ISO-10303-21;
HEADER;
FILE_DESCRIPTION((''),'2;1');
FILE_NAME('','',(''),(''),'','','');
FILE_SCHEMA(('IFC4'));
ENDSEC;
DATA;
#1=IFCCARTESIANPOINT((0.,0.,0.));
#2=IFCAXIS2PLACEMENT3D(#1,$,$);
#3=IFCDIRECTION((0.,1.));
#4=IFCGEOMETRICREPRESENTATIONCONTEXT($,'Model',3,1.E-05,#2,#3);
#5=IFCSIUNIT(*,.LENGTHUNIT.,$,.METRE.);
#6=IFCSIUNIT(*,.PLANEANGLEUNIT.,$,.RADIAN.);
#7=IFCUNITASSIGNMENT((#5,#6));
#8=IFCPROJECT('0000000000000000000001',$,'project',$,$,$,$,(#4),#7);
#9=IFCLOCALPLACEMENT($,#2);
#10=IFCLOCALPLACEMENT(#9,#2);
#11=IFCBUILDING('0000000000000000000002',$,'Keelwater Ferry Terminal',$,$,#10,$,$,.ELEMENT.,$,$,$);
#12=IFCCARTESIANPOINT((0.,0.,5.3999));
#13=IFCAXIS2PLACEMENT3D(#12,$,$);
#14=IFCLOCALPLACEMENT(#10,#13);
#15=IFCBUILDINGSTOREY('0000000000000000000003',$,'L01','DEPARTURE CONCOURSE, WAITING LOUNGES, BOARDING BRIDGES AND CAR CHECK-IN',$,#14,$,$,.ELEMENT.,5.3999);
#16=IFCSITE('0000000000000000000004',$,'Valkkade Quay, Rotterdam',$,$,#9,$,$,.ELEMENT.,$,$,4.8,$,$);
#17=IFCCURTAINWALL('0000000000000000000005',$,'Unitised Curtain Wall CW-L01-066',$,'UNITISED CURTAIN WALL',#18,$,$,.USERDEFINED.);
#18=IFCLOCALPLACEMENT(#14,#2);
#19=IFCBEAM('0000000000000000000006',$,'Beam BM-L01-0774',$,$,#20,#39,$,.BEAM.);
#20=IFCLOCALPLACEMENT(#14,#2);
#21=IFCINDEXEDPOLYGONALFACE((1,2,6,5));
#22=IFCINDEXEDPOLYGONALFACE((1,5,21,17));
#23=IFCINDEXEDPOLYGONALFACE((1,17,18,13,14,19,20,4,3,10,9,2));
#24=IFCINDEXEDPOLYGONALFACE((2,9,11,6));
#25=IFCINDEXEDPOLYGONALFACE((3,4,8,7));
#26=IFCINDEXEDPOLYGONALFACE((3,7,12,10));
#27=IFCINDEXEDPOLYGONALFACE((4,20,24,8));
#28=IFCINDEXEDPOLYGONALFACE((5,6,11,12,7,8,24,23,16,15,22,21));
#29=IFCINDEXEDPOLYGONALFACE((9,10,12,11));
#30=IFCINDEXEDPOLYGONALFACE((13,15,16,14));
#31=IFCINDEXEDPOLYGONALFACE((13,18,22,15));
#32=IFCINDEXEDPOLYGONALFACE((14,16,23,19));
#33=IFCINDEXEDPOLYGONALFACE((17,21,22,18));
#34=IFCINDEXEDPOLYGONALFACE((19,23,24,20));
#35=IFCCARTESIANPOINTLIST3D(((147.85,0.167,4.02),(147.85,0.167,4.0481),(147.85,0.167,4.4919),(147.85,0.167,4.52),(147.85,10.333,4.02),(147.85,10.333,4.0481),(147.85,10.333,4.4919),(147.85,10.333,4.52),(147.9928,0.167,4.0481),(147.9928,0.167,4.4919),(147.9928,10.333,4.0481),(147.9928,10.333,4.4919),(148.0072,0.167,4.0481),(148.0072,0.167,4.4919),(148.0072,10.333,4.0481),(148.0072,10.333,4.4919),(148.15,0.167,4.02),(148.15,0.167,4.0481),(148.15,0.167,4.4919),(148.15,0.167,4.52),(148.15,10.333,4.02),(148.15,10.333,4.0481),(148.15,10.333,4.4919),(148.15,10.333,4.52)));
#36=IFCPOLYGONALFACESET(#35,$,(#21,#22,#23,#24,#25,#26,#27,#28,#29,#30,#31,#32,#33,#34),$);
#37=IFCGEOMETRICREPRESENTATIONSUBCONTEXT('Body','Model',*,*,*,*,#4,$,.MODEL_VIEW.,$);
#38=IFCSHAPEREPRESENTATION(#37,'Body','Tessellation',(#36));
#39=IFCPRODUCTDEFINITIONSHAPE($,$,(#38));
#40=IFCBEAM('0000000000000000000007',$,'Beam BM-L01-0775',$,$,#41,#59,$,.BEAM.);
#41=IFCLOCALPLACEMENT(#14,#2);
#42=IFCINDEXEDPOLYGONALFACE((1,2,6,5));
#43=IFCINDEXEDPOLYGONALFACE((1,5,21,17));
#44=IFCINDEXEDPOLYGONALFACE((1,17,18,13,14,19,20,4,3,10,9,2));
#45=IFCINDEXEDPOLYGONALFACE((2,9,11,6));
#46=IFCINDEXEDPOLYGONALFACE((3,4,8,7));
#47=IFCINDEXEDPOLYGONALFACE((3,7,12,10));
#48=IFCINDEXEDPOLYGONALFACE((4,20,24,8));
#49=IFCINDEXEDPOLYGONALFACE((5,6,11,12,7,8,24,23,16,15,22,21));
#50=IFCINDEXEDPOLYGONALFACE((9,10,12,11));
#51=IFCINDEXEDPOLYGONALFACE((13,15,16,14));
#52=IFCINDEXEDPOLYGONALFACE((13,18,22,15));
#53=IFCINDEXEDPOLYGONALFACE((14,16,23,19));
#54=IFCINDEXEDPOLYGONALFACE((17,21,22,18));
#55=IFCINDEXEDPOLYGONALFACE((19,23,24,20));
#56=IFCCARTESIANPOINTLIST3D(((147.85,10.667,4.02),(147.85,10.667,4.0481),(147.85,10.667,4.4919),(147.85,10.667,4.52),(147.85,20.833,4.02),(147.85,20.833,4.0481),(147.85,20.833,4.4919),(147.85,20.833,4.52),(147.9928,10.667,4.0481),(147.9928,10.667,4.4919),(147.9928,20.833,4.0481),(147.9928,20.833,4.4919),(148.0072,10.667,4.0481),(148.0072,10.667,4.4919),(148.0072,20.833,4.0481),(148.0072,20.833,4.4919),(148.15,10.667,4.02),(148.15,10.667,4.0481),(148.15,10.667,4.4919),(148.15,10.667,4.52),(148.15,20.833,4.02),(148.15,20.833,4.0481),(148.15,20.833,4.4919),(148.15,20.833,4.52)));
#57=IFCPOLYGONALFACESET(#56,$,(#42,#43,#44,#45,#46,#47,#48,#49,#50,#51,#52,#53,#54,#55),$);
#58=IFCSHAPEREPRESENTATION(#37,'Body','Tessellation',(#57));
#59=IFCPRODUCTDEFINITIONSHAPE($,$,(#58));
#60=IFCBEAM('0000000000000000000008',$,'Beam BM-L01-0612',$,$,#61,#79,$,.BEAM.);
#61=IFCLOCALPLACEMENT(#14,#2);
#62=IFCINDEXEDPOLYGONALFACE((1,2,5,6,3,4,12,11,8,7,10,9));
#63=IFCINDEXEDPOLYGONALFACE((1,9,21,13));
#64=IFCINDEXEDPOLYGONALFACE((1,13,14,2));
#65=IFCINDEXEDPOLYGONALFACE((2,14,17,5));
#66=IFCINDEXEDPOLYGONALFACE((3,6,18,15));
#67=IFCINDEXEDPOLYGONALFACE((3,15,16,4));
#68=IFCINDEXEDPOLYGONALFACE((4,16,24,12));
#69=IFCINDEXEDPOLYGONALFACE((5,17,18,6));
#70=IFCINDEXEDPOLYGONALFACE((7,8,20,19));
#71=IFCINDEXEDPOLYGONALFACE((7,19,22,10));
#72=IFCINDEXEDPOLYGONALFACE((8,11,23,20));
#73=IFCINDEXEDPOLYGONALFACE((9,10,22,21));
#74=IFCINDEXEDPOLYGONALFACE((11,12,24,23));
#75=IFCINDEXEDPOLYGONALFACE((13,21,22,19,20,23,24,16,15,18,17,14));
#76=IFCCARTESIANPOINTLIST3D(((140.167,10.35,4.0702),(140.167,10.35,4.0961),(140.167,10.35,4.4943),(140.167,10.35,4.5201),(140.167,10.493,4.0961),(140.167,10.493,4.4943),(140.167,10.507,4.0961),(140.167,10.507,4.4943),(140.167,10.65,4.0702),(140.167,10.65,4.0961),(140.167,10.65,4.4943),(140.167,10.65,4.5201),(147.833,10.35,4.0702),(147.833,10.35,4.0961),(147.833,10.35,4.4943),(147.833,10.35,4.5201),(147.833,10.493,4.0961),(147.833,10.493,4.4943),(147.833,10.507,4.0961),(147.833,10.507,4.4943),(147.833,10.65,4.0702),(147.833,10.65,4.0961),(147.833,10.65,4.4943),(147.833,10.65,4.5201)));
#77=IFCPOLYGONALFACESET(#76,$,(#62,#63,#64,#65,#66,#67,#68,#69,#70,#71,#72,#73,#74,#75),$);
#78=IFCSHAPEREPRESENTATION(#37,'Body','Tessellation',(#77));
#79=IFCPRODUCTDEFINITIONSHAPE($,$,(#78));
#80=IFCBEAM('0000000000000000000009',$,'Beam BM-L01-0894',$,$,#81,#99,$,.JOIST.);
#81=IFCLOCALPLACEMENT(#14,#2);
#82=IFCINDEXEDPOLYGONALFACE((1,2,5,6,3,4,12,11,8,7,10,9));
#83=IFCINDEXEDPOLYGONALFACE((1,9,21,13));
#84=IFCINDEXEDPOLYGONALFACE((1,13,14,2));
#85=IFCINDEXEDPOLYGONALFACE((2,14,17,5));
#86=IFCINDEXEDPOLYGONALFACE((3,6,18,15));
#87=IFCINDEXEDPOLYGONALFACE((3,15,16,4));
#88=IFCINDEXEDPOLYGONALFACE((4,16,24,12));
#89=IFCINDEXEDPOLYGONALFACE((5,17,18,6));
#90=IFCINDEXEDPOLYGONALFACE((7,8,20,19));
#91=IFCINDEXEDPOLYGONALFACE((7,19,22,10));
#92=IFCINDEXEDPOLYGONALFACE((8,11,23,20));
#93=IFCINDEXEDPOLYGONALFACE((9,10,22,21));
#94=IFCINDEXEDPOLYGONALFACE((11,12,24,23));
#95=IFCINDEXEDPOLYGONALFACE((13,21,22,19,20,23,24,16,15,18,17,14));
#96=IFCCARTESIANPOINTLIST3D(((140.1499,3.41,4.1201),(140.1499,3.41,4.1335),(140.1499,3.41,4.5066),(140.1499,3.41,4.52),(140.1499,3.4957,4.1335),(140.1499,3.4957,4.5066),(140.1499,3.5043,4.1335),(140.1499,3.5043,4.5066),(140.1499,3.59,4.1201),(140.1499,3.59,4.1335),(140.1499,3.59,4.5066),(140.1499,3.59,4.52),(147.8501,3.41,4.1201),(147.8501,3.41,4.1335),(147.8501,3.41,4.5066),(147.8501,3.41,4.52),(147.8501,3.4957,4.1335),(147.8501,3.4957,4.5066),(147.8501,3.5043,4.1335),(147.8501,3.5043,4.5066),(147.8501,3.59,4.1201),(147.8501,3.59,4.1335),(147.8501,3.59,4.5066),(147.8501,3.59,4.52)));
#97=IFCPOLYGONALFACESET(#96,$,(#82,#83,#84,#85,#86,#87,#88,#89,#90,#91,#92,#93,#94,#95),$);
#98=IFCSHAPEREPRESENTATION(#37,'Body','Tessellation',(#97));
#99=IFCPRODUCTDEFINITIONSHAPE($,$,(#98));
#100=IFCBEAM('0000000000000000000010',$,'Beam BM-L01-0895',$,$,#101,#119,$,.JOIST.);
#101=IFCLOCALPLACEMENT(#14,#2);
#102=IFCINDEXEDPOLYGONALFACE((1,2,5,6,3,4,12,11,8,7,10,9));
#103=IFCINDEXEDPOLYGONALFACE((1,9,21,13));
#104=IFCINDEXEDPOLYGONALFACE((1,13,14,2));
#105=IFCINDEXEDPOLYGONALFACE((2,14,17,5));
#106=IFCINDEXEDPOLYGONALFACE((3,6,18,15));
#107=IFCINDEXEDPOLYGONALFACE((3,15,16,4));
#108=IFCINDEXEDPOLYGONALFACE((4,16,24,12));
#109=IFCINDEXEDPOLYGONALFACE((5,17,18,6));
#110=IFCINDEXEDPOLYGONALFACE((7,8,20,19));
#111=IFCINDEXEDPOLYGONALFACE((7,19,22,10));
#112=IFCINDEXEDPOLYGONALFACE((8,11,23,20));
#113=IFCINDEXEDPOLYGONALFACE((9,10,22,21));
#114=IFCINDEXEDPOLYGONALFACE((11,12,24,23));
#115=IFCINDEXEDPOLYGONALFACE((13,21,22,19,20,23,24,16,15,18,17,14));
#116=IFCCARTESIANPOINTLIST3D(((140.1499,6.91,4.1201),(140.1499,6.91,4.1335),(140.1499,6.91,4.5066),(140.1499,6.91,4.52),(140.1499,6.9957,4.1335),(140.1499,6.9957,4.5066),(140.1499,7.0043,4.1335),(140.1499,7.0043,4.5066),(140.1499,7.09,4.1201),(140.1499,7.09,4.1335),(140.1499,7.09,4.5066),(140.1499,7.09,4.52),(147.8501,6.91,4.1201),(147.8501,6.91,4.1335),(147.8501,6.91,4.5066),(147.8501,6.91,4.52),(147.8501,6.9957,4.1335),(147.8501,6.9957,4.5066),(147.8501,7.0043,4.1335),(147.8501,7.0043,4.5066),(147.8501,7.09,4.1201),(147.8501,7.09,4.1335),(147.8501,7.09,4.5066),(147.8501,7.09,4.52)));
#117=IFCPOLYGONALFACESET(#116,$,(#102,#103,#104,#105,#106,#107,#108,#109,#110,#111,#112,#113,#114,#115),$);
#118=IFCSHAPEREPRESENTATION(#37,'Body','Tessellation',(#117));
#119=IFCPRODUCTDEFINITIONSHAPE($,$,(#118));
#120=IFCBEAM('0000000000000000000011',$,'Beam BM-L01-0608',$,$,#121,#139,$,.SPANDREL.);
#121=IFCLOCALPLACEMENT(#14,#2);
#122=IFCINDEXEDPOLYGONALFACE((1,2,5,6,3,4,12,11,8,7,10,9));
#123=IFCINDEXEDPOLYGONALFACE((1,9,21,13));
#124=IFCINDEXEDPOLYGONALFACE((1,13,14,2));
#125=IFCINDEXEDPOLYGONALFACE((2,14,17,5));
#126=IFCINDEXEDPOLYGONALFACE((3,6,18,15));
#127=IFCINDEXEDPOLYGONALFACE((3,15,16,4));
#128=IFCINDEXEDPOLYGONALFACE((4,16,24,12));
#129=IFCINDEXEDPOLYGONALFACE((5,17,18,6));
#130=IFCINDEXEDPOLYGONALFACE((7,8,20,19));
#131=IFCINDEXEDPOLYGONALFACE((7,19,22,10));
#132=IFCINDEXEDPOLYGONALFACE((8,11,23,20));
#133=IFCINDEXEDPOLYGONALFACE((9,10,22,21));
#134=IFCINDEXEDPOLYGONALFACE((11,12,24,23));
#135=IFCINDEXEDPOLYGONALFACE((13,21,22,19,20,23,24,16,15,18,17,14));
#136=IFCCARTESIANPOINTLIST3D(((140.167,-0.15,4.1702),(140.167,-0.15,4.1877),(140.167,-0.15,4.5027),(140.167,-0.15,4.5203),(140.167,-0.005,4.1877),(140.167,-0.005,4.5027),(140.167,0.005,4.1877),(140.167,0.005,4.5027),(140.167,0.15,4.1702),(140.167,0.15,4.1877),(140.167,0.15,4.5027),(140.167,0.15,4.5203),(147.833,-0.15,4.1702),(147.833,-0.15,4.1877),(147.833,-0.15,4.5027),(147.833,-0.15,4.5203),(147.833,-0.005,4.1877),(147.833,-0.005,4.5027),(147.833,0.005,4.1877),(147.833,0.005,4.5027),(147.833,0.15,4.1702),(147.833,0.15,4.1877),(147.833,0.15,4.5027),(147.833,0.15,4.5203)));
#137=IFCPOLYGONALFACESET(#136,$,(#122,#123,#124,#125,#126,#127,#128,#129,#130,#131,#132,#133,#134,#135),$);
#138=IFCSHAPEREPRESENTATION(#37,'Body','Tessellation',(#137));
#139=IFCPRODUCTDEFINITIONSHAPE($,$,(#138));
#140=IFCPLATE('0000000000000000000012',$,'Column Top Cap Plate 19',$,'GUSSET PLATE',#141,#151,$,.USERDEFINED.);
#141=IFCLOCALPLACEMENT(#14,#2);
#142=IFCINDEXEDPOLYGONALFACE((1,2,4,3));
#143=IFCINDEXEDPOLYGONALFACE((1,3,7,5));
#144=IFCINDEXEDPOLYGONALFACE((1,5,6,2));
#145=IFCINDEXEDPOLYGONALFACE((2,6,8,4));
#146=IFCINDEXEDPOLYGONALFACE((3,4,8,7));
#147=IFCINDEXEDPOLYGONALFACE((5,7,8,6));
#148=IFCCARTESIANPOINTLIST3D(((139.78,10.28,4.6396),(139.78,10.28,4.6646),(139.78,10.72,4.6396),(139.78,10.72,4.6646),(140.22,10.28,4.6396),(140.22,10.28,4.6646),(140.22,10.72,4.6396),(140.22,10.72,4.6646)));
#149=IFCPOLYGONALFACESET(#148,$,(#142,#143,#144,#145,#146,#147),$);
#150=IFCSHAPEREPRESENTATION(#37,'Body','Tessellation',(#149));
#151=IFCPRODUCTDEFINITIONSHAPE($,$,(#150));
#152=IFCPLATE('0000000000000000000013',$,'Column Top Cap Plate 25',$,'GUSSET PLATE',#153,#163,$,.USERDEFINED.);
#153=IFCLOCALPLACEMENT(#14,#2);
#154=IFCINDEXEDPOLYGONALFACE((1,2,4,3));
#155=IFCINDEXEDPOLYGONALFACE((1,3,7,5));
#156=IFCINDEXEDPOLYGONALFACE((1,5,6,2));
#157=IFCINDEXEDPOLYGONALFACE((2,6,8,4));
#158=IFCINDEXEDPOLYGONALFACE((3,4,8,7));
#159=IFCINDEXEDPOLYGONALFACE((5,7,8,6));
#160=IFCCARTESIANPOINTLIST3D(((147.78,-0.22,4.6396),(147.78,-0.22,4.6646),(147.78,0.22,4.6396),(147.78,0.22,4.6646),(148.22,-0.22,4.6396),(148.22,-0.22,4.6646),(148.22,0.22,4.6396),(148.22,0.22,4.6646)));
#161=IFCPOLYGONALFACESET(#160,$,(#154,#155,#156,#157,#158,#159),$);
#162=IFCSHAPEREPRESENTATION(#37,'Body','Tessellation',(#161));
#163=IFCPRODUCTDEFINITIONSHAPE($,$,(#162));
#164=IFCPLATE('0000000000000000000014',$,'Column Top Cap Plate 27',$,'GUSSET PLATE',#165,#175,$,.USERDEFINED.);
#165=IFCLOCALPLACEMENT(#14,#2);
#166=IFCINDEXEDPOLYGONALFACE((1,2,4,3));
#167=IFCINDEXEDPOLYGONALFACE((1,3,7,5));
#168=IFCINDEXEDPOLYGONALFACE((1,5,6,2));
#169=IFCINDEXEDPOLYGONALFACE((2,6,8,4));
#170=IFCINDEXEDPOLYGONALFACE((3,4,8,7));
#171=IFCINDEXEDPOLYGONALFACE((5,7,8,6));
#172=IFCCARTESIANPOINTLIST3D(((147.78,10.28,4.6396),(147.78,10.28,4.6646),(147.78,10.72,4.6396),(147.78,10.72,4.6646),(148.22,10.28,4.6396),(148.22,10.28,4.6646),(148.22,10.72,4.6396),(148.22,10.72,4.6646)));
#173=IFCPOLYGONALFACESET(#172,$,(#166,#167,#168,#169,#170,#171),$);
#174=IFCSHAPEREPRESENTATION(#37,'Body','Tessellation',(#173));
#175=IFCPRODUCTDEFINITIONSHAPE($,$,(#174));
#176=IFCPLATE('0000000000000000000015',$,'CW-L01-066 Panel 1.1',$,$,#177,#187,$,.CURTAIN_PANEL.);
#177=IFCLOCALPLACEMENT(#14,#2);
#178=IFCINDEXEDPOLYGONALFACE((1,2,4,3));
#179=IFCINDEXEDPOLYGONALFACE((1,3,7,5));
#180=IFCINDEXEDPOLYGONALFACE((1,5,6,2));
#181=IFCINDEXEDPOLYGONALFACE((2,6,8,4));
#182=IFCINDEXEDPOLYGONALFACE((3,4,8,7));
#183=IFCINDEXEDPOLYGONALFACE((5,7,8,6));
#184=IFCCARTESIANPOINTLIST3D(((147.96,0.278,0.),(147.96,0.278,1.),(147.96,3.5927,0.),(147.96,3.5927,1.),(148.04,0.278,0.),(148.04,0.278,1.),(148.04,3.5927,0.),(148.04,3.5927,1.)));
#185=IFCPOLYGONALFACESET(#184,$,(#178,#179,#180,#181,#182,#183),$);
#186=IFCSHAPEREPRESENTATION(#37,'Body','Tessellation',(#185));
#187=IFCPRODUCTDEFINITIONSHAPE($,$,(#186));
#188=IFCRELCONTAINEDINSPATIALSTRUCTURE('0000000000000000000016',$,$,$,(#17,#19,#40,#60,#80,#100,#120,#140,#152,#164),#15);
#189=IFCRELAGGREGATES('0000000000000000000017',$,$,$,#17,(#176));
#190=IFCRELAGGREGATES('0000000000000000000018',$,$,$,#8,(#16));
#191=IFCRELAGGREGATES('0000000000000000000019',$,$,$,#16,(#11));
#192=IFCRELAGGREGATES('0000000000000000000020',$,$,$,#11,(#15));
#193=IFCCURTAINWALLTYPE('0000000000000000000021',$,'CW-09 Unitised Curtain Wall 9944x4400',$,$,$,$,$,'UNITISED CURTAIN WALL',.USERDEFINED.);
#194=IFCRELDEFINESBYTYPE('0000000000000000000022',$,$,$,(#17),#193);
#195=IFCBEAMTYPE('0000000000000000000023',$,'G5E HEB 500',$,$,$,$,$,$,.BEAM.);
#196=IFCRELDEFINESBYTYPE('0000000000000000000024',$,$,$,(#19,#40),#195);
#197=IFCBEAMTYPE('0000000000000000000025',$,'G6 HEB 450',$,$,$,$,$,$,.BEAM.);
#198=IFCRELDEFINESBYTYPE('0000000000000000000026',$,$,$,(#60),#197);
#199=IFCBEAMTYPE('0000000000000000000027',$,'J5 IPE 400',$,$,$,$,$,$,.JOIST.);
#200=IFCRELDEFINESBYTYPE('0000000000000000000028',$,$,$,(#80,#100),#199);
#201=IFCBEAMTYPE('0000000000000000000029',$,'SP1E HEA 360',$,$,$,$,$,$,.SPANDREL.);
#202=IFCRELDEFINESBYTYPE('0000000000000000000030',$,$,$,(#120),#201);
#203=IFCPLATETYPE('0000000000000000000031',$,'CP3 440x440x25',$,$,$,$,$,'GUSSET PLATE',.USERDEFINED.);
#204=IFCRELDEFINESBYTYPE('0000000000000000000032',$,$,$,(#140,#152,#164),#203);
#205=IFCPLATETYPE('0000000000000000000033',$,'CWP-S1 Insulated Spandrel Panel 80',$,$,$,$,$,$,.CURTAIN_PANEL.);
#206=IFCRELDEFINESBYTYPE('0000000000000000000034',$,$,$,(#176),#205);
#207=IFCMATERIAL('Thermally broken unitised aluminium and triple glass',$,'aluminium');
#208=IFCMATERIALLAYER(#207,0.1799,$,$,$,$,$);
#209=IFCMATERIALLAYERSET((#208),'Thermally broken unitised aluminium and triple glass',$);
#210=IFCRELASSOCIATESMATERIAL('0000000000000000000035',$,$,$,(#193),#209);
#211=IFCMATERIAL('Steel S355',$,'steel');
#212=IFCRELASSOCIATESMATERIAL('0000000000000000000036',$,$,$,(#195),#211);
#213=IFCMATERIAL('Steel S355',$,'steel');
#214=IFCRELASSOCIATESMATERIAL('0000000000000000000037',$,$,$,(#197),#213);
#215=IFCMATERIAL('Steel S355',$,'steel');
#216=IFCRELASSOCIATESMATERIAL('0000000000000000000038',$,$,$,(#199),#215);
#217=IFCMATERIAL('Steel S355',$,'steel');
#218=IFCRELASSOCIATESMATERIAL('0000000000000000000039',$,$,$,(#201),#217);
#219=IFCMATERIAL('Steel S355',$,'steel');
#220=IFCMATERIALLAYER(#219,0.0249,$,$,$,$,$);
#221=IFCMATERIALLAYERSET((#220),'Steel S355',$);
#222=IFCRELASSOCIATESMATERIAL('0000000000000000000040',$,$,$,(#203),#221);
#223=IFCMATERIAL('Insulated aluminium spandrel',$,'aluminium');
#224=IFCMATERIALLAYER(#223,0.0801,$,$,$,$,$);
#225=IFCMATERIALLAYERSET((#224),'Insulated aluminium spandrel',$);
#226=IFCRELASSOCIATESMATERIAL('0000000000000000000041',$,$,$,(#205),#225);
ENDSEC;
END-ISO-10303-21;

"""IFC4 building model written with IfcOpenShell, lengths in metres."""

from ifc_helpers import new_model, si_unit, direction, frame, origin, origin_2d, place, context, subcontext, project, spatial, rectangle, i_section, extrude, material, layer, layer_set, material_profile, profile_set, type_object, element, aggregate, save


model = new_model("IFC4")

# Units and contexts
model_context = context("Model", 3, precision=1e-05, world=origin(), true_north=direction((0.0, 1.0)))
body_context = subcontext(model_context, "Body", "Model", "MODEL_VIEW")
ifc_project = project(units=[si_unit("LENGTHUNIT", "METRE"), si_unit("PLANEANGLEUNIT", "RADIAN")], contexts=[model_context])

# Site, building, storey
site_placement = place(None, origin())
site = spatial("IfcSite", under=ifc_project, at=site_placement, Name="Valkkade Quay, Rotterdam", CompositionType="ELEMENT", RefElevation=4.8)
building_placement = place(site_placement, origin())
building = spatial("IfcBuilding", under=site, at=building_placement, Name="Keelwater Ferry Terminal", CompositionType="ELEMENT")
storey_placement = place(building_placement, frame((0.0, 0.0, 5.3999)))
storey = spatial("IfcBuildingStorey", under=building, at=storey_placement, Name="L01", Description="DEPARTURE CONCOURSE, WAITING LOUNGES, BOARDING BRIDGES AND CAR CHECK-IN", CompositionType="ELEMENT", Elevation=5.3999)

# Curtain wall
ifc_material_1 = material(Name="Thermally broken unitised aluminium and triple glass", Category="aluminium")
ifc_layer_1 = layer(ifc_material_1, 0.1799)
ifc_layer_set_1 = layer_set([ifc_layer_1], Name="Thermally broken unitised aluminium and triple glass")
curtain_wall_type = type_object("IfcCurtainWallType", Name="CW-09 Unitised Curtain Wall 9944x4400", ElementType="UNITISED CURTAIN WALL", PredefinedType="USERDEFINED", material=ifc_layer_set_1)
curtain_wall_placement = place(storey_placement, origin())
curtain_wall = element("IfcCurtainWall", 1, at=curtain_wall_placement, inside=storey, type_object=curtain_wall_type, Name="Unitised Curtain Wall CW-L01-066", ObjectType="UNITISED CURTAIN WALL", PredefinedType="USERDEFINED")

# Beams
ifc_material_2 = material(Name="Steel S355", Category="steel")
ifc_material_profile_1 = material_profile(ifc_material_2, i_section(OverallWidth=0.3, OverallDepth=0.5, WebThickness=0.0144, FlangeThickness=0.0281, at=origin_2d()), Name="HEB 500")
ifc_profile_set_1 = profile_set([ifc_material_profile_1], Name="Steel S355")
beam_type_1 = type_object("IfcBeamType", Name="G5E HEB 500", PredefinedType="BEAM", material=ifc_profile_set_1)
for number, where, z_axis, x_axis, name in (
    (2, (148.0, 0.167, 4.27), (0.0, 1.0, 0.0), (-1.0, 0.0, 0.0), "Beam BM-L01-0774"),
    (3, (148.0, 10.667, 4.27), (0.0, 1.0, 0.0), (-1.0, 0.0, 0.0), "Beam BM-L01-0775"),
):
    element("IfcBeam", number, at=place(storey_placement, frame(where, z_axis=z_axis, x_axis=x_axis)), inside=storey, type_object=beam_type_1, Name=name, PredefinedType="BEAM", context=body_context, shape_type="SweptSolid", body=[
        extrude(i_section(OverallWidth=0.3, OverallDepth=0.5, WebThickness=0.0144, FlangeThickness=0.0281, at=origin_2d()), origin(), (0.0, 0.0, 1.0), 10.166),
    ])
ifc_material_3 = material(Name="Steel S355", Category="steel")
ifc_material_profile_2 = material_profile(ifc_material_3, i_section(OverallWidth=0.3, OverallDepth=0.45, WebThickness=0.0139, FlangeThickness=0.0259, at=origin_2d()), Name="HEB 450")
ifc_profile_set_2 = profile_set([ifc_material_profile_2], Name="Steel S355")
beam_type_2 = type_object("IfcBeamType", Name="G6 HEB 450", PredefinedType="BEAM", material=ifc_profile_set_2)
beam_1_placement = place(storey_placement, frame((140.167, 10.5, 4.2952), z_axis=(1.0, 0.0, 0.0), x_axis=(0.0, 1.0, 0.0)))
element("IfcBeam", 4, at=beam_1_placement, inside=storey, type_object=beam_type_2, Name="Beam BM-L01-0612", PredefinedType="BEAM", context=body_context, shape_type="SweptSolid", body=[
    extrude(i_section(OverallWidth=0.3, OverallDepth=0.45, WebThickness=0.0139, FlangeThickness=0.0259, at=origin_2d()), origin(), (0.0, 0.0, 1.0), 7.666),
])
ifc_material_4 = material(Name="Steel S355", Category="steel")
ifc_material_profile_3 = material_profile(ifc_material_4, i_section(OverallWidth=0.1799, OverallDepth=0.3999, WebThickness=0.0085, FlangeThickness=0.0134, at=origin_2d()), Name="IPE 400")
ifc_profile_set_3 = profile_set([ifc_material_profile_3], Name="Steel S355")
beam_type_3 = type_object("IfcBeamType", Name="J5 IPE 400", PredefinedType="JOIST", material=ifc_profile_set_3)
for number, where, z_axis, x_axis, name in (
    (5, (140.1499, 3.5, 4.3201), (1.0, 0.0, 0.0), (0.0, 1.0, 0.0), "Beam BM-L01-0894"),
    (6, (140.1499, 7.0, 4.3201), (1.0, 0.0, 0.0), (0.0, 1.0, 0.0), "Beam BM-L01-0895"),
):
    element("IfcBeam", number, at=place(storey_placement, frame(where, z_axis=z_axis, x_axis=x_axis)), inside=storey, type_object=beam_type_3, Name=name, PredefinedType="JOIST", context=body_context, shape_type="SweptSolid", body=[
        extrude(i_section(OverallWidth=0.1799, OverallDepth=0.3999, WebThickness=0.0085, FlangeThickness=0.0134, at=origin_2d()), origin(), (0.0, 0.0, 1.0), 7.7002),
    ])
ifc_material_5 = material(Name="Steel S355", Category="steel")
ifc_material_profile_4 = material_profile(ifc_material_5, i_section(OverallWidth=0.3, OverallDepth=0.3501, WebThickness=0.01, FlangeThickness=0.0176, at=origin_2d()), Name="HEA 360")
ifc_profile_set_4 = profile_set([ifc_material_profile_4], Name="Steel S355")
beam_type_4 = type_object("IfcBeamType", Name="SP1E HEA 360", PredefinedType="SPANDREL", material=ifc_profile_set_4)
beam_2_placement = place(storey_placement, frame((140.167, 0.0, 4.3452), z_axis=(1.0, 0.0, 0.0), x_axis=(0.0, 1.0, 0.0)))
element("IfcBeam", 7, at=beam_2_placement, inside=storey, type_object=beam_type_4, Name="Beam BM-L01-0608", PredefinedType="SPANDREL", context=body_context, shape_type="SweptSolid", body=[
    extrude(i_section(OverallWidth=0.3, OverallDepth=0.3501, WebThickness=0.01, FlangeThickness=0.0176, at=origin_2d()), origin(), (0.0, 0.0, 1.0), 7.666),
])

# Plates
ifc_material_6 = material(Name="Steel S355", Category="steel")
ifc_layer_2 = layer(ifc_material_6, 0.0249)
ifc_layer_set_2 = layer_set([ifc_layer_2], Name="Steel S355")
plate_type_1 = type_object("IfcPlateType", Name="CP3 440x440x25", ElementType="GUSSET PLATE", PredefinedType="USERDEFINED", material=ifc_layer_set_2)
for number, where, z_axis, x_axis, name in (
    (8, (140.0, 10.5, 4.6396), (0.0, 0.0, 1.0), (1.0, 0.0, 0.0), "Column Top Cap Plate 19"),
    (9, (148.0, 0.0, 4.6396), (0.0, 0.0, 1.0), (1.0, 0.0, 0.0), "Column Top Cap Plate 25"),
    (10, (148.0, 10.5, 4.6396), (0.0, 0.0, 1.0), (1.0, 0.0, 0.0), "Column Top Cap Plate 27"),
):
    element("IfcPlate", number, at=place(storey_placement, frame(where, z_axis=z_axis, x_axis=x_axis)), inside=storey, type_object=plate_type_1, Name=name, ObjectType="GUSSET PLATE", PredefinedType="USERDEFINED", context=body_context, shape_type="SweptSolid", body=[
        extrude(rectangle(XDim=0.4399, YDim=0.4399, at=origin_2d()), origin(), (0.0, 0.0, 1.0), 0.0249),
    ])

# Plate
ifc_material_7 = material(Name="Insulated aluminium spandrel", Category="aluminium")
ifc_layer_3 = layer(ifc_material_7, 0.0801)
ifc_layer_set_3 = layer_set([ifc_layer_3], Name="Insulated aluminium spandrel")
plate_type_2 = type_object("IfcPlateType", Name="CWP-S1 Insulated Spandrel Panel 80", PredefinedType="CURTAIN_PANEL", material=ifc_layer_set_3)
plate_1_placement = place(storey_placement, frame((148.0, 1.9353, 0.0), z_axis=(0.0, 0.0, 1.0), x_axis=(0.0, 1.0, 0.0)))
plate_1 = element("IfcPlate", 11, at=plate_1_placement, type_object=plate_type_2, Name="CW-L01-066 Panel 1.1", PredefinedType="CURTAIN_PANEL", context=body_context, shape_type="SweptSolid", body=[
    extrude(rectangle(XDim=3.3147, YDim=0.0801, at=origin_2d()), origin(), (0.0, 0.0, 1.0), 1.0),
])
aggregate(curtain_wall, [plate_1])

save(model, "model.ifc")
